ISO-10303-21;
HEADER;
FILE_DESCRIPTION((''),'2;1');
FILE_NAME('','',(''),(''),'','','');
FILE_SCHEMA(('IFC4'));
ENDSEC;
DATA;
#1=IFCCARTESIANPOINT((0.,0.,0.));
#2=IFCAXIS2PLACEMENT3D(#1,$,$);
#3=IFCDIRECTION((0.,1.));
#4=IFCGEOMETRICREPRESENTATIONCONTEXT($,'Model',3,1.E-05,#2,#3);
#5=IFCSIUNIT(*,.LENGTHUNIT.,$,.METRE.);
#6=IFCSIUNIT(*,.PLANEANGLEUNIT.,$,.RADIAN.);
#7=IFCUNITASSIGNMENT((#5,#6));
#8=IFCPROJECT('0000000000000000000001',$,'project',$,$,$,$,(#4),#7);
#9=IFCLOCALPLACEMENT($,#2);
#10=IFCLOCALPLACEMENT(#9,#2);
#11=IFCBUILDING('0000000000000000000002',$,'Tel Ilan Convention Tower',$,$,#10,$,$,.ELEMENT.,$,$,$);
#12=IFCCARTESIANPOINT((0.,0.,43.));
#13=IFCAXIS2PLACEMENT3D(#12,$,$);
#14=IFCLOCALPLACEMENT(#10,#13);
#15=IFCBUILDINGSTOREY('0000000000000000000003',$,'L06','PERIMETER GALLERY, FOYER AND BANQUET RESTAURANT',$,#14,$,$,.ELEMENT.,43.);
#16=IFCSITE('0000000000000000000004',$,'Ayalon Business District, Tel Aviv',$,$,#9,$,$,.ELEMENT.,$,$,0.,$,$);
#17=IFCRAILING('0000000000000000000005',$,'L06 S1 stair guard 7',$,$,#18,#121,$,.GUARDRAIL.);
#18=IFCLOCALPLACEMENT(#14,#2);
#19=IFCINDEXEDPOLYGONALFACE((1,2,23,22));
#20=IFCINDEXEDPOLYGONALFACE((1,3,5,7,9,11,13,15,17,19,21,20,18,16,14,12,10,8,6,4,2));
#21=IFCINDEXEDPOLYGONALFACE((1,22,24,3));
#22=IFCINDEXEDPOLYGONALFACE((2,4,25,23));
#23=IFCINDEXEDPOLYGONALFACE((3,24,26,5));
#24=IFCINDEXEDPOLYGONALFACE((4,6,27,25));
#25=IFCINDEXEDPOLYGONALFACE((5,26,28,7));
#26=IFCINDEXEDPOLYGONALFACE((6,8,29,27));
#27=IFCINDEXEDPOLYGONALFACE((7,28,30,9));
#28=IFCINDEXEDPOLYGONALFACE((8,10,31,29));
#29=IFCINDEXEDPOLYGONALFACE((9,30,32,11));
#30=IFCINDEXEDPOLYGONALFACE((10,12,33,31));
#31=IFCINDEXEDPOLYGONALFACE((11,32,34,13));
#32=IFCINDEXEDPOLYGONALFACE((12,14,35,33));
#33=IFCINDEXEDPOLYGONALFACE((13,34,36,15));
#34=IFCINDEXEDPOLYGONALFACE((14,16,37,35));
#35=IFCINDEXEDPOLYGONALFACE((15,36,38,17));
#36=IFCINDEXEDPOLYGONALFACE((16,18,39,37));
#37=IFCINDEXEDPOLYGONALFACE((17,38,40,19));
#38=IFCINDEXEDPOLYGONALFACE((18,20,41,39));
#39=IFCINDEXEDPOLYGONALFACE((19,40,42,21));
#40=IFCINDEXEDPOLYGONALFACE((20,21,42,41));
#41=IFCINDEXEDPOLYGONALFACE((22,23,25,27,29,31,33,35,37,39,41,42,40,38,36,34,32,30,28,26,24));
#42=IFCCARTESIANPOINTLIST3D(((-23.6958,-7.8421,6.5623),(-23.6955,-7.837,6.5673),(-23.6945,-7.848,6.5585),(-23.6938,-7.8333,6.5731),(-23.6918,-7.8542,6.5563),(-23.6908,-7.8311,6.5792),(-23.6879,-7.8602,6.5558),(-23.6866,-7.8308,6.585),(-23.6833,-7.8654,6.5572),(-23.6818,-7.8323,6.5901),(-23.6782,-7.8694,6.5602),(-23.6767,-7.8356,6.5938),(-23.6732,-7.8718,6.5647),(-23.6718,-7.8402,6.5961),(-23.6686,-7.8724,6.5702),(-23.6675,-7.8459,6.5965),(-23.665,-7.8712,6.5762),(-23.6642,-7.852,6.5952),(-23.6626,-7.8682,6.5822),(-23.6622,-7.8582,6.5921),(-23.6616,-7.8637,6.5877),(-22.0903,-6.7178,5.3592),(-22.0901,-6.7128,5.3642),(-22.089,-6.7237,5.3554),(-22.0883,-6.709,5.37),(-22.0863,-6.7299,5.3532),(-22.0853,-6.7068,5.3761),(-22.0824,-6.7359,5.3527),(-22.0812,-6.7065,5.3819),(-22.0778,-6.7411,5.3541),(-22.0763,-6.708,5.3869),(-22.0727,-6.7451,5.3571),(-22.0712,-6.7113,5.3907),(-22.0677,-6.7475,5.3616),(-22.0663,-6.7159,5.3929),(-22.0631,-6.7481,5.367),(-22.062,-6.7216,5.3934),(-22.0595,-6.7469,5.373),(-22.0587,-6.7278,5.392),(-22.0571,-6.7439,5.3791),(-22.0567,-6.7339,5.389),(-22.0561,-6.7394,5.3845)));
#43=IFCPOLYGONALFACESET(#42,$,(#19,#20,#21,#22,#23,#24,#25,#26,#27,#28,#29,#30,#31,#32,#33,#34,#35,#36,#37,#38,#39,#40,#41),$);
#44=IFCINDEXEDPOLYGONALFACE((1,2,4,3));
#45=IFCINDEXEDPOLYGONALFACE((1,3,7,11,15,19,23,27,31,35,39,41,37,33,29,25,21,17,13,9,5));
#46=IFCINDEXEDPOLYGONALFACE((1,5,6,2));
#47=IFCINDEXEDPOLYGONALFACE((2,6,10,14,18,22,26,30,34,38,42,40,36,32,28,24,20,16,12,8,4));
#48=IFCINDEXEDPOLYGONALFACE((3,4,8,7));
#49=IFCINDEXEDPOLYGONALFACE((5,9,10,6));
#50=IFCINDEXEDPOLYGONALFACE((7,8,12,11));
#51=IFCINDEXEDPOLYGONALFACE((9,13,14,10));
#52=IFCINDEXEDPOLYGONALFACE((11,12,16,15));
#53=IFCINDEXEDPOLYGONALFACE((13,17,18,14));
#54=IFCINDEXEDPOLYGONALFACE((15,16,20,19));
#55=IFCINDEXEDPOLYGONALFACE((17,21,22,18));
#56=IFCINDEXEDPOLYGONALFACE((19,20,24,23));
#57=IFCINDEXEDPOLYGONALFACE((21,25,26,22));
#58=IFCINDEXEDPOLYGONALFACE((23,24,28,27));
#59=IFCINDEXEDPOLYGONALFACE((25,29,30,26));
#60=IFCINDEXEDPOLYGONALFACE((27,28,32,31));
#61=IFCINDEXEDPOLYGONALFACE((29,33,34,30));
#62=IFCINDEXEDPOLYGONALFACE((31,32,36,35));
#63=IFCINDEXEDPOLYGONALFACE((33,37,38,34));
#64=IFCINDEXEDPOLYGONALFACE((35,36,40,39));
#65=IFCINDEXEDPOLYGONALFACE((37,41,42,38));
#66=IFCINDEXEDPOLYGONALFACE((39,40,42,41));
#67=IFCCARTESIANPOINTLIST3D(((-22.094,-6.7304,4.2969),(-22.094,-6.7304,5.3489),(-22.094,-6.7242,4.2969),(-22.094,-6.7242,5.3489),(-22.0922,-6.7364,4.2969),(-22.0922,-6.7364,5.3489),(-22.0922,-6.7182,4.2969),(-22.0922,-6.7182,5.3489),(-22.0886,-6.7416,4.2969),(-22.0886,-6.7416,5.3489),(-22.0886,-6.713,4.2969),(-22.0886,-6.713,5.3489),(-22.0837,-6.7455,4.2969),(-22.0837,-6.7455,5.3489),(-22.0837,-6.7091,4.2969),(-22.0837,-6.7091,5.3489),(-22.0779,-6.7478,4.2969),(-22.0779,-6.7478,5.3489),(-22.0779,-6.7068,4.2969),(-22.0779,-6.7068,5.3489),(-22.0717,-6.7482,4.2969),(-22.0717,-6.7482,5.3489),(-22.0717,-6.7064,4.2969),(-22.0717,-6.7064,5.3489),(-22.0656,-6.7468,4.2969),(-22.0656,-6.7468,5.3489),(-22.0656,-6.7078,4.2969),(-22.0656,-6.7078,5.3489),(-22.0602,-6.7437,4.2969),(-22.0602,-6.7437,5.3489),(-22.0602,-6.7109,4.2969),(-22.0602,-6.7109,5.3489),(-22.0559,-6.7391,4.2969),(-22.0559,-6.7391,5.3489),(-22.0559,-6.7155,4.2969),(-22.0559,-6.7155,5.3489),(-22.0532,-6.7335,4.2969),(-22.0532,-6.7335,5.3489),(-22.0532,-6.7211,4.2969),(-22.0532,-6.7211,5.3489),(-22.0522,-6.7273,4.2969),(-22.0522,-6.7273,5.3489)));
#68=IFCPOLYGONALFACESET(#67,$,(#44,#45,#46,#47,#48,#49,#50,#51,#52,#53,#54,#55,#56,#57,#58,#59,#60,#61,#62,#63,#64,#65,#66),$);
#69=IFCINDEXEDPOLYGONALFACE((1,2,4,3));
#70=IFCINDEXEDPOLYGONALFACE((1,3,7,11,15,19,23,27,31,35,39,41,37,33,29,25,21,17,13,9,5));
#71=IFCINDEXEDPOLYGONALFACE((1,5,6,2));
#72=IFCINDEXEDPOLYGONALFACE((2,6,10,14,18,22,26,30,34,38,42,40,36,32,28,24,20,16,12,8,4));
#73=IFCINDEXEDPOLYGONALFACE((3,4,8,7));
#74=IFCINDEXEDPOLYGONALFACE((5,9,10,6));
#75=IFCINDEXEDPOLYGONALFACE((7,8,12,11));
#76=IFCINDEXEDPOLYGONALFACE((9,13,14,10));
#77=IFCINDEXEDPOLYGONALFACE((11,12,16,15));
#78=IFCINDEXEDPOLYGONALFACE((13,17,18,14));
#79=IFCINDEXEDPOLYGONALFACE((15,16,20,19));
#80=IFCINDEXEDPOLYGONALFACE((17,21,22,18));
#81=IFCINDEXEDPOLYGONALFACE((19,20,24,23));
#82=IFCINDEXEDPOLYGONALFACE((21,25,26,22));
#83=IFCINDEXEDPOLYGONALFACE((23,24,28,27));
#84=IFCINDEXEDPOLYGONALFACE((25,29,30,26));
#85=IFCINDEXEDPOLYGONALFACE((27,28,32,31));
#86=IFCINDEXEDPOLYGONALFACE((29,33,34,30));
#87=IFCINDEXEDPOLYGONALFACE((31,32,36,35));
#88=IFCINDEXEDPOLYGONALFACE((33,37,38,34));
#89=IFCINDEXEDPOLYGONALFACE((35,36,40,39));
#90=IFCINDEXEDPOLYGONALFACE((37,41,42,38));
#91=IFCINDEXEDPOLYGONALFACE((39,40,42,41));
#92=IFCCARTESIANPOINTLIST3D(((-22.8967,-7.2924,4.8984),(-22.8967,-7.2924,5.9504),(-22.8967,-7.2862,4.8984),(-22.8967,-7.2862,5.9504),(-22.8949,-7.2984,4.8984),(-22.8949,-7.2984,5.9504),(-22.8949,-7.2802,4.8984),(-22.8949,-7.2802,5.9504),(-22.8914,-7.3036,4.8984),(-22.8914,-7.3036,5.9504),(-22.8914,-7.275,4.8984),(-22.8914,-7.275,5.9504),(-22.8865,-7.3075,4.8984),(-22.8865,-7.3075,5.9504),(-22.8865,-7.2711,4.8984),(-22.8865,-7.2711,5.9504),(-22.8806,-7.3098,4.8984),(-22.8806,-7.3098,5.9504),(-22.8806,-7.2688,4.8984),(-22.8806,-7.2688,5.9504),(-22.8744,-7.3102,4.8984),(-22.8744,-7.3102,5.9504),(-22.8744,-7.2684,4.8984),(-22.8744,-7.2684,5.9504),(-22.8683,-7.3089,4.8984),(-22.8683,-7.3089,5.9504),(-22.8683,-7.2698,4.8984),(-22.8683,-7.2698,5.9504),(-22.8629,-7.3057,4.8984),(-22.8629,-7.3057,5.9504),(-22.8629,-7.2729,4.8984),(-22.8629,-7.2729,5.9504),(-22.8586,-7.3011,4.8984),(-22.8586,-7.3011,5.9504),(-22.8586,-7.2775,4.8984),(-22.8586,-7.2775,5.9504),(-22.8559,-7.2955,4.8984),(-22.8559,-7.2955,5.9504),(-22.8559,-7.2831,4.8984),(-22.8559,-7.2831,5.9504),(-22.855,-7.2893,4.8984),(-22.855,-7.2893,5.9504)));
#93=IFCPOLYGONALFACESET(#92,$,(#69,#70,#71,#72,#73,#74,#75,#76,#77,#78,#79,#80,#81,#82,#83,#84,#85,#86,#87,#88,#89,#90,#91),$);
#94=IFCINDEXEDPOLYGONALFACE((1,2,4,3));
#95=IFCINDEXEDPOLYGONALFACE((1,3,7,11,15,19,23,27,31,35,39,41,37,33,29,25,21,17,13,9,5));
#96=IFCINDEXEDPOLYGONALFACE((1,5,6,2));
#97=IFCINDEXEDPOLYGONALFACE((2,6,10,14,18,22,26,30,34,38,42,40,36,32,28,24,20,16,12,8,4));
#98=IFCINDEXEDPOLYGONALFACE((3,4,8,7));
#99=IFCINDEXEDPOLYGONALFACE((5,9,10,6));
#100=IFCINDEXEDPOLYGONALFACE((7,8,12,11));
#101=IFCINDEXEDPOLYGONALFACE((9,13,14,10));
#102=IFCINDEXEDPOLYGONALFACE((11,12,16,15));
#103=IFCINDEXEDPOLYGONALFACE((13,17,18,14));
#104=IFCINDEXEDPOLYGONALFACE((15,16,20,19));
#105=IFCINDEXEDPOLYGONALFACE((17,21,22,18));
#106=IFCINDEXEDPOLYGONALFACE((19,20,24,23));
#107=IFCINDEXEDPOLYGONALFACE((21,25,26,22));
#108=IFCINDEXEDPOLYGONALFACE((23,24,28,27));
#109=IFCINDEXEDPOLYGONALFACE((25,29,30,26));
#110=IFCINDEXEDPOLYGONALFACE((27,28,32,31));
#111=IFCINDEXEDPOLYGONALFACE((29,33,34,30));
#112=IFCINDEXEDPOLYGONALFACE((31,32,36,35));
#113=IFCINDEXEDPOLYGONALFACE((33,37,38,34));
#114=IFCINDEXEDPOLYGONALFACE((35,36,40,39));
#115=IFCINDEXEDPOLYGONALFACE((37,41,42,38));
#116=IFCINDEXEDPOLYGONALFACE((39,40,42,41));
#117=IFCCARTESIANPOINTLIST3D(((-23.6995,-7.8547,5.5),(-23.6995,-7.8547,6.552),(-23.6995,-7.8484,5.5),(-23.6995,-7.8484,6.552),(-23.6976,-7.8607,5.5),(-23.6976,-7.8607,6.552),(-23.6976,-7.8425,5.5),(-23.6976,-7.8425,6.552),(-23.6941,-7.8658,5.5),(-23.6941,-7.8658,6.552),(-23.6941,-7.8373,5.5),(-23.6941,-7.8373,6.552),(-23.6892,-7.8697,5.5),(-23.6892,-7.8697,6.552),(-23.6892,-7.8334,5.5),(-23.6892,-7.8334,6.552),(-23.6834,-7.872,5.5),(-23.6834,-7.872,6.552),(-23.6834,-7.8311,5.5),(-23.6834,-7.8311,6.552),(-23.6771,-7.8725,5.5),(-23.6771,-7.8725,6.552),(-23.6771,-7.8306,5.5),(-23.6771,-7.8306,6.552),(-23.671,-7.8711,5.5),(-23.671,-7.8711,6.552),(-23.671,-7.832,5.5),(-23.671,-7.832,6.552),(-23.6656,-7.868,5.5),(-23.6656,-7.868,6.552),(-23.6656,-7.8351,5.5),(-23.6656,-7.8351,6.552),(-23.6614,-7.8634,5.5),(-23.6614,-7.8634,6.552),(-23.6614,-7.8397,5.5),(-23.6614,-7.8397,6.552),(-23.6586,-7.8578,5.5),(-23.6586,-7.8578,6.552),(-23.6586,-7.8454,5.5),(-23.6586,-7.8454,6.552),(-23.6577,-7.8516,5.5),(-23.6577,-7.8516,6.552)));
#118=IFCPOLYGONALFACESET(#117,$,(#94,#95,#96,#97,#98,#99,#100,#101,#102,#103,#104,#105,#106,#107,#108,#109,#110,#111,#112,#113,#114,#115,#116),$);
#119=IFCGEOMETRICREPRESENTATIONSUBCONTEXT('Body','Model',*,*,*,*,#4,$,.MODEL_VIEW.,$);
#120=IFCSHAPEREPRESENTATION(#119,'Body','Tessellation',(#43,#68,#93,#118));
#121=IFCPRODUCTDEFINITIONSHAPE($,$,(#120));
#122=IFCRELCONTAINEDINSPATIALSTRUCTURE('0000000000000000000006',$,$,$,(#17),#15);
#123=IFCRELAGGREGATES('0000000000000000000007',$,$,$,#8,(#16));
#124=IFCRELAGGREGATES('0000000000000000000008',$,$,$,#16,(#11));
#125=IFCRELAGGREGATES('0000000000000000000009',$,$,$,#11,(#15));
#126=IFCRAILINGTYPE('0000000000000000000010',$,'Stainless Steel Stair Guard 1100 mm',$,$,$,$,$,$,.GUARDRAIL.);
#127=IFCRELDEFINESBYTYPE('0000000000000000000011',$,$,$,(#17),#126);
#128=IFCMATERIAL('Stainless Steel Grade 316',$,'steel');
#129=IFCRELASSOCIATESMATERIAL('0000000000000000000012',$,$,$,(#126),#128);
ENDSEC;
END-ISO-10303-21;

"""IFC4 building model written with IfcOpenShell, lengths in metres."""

from ifc_helpers import new_model, si_unit, direction, frame, origin, origin_2d, place, context, subcontext, project, spatial, circle, extrude, material, type_object, element, save


model = new_model("IFC4")

# Units and contexts
model_context = context("Model", 3, precision=1e-05, world=origin(), true_north=direction((0.0, 1.0)))
body_context = subcontext(model_context, "Body", "Model", "MODEL_VIEW")
ifc_project = project(units=[si_unit("LENGTHUNIT", "METRE"), si_unit("PLANEANGLEUNIT", "RADIAN")], contexts=[model_context])

# Site, building, storey
site_placement = place(None, origin())
site = spatial("IfcSite", under=ifc_project, at=site_placement, Name="Ayalon Business District, Tel Aviv", CompositionType="ELEMENT", RefElevation=0.0)
building_placement = place(site_placement, origin())
building = spatial("IfcBuilding", under=site, at=building_placement, Name="Tel Ilan Convention Tower", CompositionType="ELEMENT")
storey_placement = place(building_placement, frame((0.0, 0.0, 43.0)))
storey = spatial("IfcBuildingStorey", under=building, at=storey_placement, Name="L06", Description="PERIMETER GALLERY, FOYER AND BANQUET RESTAURANT", CompositionType="ELEMENT", Elevation=43.0)

# Railing
ifc_material_1 = material(Name="Stainless Steel Grade 316", Category="steel")
railing_type_1 = type_object("IfcRailingType", Name="Stainless Steel Stair Guard 1100 mm", PredefinedType="GUARDRAIL", material=ifc_material_1)
railing_1_placement = place(storey_placement, frame((-22.0732, -6.7273, 4.2969)))
element("IfcRailing", 1, at=railing_1_placement, inside=storey, type_object=railing_type_1, Name="L06 S1 stair guard 7", PredefinedType="GUARDRAIL", context=body_context, shape_type="SweptSolid", body=[
    extrude(circle(Radius=0.0239, at=origin_2d()), frame((0.0, 0.0, 1.0762), z_axis=(-0.698095, -0.488857, 0.523146), x_axis=(0.573613, -0.819127, 0.0)), (0.0, 0.0, 1.0), 2.2998),
    extrude(circle(Radius=0.021, at=origin_2d()), origin(), (0.0, 0.0, 1.0), 1.052),
    extrude(circle(Radius=0.021, at=origin_2d()), frame((-0.8027, -0.562, 0.6016)), (0.0, 0.0, 1.0), 1.052),
    extrude(circle(Radius=0.021, at=origin_2d()), frame((-1.6055, -1.1243, 1.2031)), (0.0, 0.0, 1.0), 1.052),
])

save(model, "model.ifc")
